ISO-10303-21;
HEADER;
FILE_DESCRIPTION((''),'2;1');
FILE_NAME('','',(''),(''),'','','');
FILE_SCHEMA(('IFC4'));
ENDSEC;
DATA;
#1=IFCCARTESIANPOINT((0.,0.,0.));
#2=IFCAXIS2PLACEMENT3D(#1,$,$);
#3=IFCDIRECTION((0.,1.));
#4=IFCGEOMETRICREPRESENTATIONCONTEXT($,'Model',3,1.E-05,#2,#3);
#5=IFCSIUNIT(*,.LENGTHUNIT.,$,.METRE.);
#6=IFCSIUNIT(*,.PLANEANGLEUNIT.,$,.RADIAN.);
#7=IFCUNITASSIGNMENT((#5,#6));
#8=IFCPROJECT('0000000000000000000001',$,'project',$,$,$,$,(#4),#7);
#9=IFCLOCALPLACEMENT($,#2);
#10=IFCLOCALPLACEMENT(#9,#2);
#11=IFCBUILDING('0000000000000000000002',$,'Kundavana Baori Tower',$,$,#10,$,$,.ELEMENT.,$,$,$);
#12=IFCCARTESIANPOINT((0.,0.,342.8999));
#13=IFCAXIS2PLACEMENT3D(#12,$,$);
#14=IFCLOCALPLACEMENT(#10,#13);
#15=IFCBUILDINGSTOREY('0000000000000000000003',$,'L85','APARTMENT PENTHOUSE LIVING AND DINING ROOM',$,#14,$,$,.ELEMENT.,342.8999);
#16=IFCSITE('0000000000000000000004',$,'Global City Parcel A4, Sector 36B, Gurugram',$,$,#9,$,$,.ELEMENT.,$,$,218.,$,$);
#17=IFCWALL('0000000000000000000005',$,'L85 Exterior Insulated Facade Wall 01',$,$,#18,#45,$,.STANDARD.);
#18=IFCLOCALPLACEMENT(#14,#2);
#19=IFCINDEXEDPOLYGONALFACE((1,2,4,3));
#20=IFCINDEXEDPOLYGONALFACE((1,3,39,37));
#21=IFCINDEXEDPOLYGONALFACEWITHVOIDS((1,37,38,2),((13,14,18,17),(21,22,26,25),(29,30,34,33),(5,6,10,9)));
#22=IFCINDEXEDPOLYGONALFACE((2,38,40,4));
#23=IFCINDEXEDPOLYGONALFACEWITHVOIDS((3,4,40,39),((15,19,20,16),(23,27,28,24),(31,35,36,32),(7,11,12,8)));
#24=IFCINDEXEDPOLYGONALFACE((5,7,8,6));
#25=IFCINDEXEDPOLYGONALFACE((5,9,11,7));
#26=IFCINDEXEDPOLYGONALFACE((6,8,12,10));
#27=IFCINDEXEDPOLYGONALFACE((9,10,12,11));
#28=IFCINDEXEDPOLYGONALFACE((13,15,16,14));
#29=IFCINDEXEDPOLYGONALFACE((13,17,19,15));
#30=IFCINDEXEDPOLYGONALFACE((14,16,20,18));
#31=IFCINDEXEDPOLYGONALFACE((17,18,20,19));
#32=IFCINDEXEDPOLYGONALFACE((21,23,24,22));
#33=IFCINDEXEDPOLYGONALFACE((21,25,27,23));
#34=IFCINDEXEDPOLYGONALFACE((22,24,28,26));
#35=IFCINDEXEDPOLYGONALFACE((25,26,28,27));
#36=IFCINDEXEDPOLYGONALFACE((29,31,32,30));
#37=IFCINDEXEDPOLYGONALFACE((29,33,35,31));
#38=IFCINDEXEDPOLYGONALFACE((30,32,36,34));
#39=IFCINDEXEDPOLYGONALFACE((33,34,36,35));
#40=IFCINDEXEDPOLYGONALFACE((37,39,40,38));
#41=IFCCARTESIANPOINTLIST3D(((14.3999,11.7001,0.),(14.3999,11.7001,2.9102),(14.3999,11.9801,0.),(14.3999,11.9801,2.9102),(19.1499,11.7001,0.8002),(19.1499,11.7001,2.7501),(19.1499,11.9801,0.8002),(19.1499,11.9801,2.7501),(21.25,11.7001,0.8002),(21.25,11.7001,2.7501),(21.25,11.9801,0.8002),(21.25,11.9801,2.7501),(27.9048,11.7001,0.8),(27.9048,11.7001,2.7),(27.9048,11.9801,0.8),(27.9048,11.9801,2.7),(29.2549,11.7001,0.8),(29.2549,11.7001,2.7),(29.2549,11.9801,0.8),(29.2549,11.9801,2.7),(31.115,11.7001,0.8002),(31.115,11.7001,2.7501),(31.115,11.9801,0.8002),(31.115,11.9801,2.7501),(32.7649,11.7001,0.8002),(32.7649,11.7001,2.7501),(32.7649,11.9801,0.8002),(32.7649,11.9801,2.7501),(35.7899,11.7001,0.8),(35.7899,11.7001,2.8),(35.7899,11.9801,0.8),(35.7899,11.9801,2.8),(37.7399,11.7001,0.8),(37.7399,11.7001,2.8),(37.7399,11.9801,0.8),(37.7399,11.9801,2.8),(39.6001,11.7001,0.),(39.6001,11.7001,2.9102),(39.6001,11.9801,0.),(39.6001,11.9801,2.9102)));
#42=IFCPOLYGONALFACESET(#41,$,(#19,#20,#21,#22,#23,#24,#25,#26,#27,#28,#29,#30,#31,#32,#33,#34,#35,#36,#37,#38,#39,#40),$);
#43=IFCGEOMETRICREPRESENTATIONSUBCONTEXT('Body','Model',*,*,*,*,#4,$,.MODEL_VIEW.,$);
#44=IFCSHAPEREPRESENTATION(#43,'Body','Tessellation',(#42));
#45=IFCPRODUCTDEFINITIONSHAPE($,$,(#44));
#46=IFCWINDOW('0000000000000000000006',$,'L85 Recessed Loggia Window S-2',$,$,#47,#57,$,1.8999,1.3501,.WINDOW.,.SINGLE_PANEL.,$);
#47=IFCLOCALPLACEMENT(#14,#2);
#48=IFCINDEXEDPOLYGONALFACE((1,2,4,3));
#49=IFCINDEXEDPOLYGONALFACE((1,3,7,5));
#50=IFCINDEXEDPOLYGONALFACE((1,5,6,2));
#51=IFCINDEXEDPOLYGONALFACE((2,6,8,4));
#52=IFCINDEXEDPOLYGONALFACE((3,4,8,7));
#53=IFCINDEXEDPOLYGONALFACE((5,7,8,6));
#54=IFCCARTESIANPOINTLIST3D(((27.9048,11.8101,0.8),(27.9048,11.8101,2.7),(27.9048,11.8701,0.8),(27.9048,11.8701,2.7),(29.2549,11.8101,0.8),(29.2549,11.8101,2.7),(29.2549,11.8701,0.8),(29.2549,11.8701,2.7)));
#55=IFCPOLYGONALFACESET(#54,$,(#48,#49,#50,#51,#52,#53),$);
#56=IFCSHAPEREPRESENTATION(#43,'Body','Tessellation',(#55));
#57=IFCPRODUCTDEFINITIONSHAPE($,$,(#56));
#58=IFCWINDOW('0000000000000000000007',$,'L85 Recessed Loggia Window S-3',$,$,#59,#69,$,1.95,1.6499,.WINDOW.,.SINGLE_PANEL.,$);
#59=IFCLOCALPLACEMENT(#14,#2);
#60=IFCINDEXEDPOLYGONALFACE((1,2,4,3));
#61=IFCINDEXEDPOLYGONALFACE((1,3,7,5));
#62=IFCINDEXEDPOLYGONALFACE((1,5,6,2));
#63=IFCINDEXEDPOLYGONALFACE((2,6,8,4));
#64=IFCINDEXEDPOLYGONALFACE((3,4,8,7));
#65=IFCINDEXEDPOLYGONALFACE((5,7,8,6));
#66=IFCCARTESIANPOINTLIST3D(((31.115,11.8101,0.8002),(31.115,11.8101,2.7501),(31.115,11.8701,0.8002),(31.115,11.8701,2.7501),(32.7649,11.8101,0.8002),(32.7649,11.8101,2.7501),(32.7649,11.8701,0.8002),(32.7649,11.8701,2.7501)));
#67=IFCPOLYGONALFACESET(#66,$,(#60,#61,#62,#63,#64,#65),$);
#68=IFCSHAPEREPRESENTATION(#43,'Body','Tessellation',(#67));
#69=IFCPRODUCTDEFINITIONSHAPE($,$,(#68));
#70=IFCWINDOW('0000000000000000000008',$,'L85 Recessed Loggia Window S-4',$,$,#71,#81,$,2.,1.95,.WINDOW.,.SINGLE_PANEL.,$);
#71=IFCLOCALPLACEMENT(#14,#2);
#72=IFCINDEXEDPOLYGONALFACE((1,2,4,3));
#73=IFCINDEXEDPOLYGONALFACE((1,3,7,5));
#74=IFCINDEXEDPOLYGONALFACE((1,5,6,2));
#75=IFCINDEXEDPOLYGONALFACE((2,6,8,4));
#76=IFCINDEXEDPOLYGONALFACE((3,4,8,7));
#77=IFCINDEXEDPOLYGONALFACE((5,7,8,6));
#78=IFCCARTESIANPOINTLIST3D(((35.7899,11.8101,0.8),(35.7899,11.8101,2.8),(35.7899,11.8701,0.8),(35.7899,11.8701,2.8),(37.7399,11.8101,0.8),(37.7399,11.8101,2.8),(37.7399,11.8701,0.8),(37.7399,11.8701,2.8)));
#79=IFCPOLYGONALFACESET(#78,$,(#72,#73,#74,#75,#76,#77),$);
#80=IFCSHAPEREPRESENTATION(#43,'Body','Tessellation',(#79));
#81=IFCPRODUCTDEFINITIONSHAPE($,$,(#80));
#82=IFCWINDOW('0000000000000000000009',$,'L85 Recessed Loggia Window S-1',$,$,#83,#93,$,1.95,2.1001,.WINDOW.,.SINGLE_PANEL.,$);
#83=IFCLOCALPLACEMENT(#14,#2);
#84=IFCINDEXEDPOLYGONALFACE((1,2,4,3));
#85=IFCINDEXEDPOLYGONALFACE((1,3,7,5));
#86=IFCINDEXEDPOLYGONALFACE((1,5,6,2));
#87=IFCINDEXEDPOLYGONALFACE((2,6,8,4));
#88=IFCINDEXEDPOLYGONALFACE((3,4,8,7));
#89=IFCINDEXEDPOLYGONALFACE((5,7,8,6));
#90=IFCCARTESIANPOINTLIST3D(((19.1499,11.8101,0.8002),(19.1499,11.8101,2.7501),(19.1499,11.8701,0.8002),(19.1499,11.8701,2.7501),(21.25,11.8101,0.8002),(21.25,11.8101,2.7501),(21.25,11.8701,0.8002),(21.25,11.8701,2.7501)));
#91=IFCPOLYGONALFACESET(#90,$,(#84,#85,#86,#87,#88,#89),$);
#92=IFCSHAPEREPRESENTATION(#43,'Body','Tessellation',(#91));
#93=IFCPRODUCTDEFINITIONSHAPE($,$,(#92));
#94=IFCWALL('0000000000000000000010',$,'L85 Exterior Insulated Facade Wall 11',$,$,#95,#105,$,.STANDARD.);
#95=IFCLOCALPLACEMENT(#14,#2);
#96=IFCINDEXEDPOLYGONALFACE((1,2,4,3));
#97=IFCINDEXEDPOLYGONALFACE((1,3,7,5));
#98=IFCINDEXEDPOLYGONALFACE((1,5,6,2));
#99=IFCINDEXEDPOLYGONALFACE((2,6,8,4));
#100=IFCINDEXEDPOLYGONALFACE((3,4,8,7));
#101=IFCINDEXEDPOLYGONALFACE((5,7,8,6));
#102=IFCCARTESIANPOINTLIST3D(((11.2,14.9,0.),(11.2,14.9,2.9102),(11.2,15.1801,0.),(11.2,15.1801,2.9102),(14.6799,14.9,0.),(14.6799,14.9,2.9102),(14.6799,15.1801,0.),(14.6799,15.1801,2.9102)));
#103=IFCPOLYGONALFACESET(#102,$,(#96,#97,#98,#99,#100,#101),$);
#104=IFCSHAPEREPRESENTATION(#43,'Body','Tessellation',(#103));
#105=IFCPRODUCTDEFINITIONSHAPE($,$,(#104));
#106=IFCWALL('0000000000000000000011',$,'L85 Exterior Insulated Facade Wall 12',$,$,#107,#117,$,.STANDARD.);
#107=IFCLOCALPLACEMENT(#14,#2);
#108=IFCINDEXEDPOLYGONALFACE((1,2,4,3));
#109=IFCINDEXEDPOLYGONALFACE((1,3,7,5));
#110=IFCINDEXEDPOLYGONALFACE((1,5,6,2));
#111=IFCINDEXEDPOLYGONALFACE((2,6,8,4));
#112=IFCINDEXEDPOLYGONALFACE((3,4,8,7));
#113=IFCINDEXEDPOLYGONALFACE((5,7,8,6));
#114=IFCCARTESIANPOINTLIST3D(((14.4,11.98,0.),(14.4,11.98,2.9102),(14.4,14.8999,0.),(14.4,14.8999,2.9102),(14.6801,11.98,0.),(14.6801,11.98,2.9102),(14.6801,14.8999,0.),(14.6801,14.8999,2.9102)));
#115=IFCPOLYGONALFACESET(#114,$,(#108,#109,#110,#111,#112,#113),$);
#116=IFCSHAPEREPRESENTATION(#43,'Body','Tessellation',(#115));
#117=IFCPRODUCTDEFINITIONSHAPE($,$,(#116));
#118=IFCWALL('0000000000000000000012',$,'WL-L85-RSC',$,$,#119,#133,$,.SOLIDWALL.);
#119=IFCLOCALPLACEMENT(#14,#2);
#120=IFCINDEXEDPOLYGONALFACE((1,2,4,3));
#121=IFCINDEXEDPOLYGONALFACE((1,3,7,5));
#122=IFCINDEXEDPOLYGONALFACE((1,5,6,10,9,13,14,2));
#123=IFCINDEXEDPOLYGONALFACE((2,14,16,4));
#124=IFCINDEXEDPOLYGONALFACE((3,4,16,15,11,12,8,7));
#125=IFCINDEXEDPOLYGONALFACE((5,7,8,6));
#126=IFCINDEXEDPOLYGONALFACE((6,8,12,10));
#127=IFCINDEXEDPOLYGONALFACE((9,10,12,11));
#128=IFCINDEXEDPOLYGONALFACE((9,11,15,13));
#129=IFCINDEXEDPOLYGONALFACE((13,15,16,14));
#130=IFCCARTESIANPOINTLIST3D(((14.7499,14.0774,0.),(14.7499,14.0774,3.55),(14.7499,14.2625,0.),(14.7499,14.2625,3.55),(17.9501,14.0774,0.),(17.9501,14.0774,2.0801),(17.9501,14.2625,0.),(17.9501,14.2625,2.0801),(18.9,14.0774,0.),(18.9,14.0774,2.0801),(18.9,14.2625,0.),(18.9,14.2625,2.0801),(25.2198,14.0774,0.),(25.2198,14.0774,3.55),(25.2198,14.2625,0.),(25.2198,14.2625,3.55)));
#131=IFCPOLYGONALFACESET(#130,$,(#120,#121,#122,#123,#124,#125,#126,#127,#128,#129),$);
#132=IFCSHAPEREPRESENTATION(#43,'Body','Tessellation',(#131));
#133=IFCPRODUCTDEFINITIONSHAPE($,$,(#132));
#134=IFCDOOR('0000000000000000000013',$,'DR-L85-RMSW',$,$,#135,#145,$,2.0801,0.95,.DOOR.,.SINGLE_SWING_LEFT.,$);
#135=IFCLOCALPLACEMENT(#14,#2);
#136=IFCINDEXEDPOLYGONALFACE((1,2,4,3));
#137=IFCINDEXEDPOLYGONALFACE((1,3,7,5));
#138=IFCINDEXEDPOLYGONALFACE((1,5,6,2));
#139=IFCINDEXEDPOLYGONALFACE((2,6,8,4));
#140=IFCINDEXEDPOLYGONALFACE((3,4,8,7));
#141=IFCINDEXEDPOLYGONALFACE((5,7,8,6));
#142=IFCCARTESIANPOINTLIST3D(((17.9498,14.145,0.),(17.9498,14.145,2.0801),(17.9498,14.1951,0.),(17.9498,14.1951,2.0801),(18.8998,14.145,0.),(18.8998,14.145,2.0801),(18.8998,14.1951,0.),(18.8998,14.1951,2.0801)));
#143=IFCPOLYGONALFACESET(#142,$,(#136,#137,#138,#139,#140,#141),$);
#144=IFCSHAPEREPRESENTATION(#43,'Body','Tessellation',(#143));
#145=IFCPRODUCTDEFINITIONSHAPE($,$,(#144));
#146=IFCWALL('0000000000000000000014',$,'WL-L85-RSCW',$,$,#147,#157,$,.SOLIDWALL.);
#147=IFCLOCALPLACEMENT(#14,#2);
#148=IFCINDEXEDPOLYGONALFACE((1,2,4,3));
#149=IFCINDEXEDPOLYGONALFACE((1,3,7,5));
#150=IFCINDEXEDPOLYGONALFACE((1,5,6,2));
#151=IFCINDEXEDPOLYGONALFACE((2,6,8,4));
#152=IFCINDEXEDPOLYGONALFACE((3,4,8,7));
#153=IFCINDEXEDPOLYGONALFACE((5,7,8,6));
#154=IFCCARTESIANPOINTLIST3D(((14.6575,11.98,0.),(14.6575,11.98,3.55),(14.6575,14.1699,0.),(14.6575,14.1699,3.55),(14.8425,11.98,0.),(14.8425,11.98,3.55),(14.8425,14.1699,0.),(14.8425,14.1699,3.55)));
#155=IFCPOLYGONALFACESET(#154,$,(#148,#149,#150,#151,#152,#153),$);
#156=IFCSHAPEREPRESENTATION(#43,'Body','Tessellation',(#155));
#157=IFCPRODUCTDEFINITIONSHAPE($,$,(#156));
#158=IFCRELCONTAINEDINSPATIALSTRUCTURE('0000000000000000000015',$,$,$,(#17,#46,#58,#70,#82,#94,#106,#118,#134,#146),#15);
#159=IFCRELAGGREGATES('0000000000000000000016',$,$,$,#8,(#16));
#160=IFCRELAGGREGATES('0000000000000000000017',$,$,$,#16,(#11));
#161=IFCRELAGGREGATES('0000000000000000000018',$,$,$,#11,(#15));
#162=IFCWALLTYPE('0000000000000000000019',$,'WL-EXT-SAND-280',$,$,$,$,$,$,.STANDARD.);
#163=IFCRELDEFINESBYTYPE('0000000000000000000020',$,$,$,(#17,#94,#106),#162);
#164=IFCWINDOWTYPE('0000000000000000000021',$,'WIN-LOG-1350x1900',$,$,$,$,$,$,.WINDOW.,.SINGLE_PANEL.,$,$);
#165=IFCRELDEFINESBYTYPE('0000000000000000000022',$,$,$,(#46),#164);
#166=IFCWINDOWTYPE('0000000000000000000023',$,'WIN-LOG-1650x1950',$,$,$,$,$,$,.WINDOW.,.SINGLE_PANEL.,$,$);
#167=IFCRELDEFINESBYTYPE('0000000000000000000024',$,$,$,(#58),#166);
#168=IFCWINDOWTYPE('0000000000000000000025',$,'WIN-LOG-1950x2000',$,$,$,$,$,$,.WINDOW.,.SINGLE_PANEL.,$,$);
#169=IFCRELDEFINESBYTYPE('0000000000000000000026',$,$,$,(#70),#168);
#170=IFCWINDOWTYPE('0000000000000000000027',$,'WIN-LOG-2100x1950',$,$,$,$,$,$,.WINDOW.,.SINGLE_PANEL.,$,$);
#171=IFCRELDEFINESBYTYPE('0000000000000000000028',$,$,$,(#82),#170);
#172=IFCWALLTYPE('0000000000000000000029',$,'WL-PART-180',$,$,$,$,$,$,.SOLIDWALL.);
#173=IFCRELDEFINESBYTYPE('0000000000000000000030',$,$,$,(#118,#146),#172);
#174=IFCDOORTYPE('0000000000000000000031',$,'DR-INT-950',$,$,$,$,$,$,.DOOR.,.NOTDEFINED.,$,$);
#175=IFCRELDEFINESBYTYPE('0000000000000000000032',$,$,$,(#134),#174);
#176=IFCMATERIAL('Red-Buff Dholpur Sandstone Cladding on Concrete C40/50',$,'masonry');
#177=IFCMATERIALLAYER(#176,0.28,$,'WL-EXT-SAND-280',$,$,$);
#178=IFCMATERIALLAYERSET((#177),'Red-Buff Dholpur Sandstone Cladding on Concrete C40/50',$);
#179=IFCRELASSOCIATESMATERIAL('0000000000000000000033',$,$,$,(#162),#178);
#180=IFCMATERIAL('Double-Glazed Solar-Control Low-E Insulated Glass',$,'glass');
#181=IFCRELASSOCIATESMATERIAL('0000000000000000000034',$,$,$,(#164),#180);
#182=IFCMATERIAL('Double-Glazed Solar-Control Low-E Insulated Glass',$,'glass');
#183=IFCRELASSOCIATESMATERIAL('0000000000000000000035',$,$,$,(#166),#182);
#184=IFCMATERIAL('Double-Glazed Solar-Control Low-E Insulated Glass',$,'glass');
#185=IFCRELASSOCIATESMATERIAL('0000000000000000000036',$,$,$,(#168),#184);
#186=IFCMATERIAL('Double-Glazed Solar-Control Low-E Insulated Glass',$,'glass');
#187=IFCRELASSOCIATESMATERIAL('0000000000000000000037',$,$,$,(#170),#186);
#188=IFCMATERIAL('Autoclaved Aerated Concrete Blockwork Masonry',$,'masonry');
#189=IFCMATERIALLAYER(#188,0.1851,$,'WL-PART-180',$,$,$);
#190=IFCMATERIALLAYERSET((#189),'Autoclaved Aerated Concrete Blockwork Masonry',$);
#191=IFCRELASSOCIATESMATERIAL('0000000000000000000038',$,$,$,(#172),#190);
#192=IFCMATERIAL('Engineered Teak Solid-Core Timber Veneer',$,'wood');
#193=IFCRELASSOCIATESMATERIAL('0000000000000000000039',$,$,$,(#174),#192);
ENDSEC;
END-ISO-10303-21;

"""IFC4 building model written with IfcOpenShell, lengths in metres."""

from ifc_helpers import new_model, si_unit, direction, frame, frame_2d, origin, place, context, subcontext, project, spatial, rectangle, extrude, material, layer, layer_set, type_object, element, fill, save


model = new_model("IFC4")

# Units and contexts
model_context = context("Model", 3, precision=1e-05, world=origin(), true_north=direction((0.0, 1.0)))
body_context = subcontext(model_context, "Body", "Model", "MODEL_VIEW")
ifc_project = project(units=[si_unit("LENGTHUNIT", "METRE"), si_unit("PLANEANGLEUNIT", "RADIAN")], contexts=[model_context])

# Site, building, storey
site_placement = place(None, origin())
site = spatial("IfcSite", under=ifc_project, at=site_placement, Name="Global City Parcel A4, Sector 36B, Gurugram", CompositionType="ELEMENT", RefElevation=218.0)
building_placement = place(site_placement, origin())
building = spatial("IfcBuilding", under=site, at=building_placement, Name="Kundavana Baori Tower", CompositionType="ELEMENT")
storey_placement = place(building_placement, frame((0.0, 0.0, 342.8999)))
storey = spatial("IfcBuildingStorey", under=building, at=storey_placement, Name="L85", Description="APARTMENT PENTHOUSE LIVING AND DINING ROOM", CompositionType="ELEMENT", Elevation=342.8999)

# Wall, openings, windows
ifc_material_1 = material(Name="Red-Buff Dholpur Sandstone Cladding on Concrete C40/50", Category="masonry")
ifc_layer_1 = layer(ifc_material_1, 0.28, Name="WL-EXT-SAND-280")
ifc_layer_set_1 = layer_set([ifc_layer_1], Name="Red-Buff Dholpur Sandstone Cladding on Concrete C40/50")
wall_type_1 = type_object("IfcWallType", Name="WL-EXT-SAND-280", PredefinedType="STANDARD", material=ifc_layer_set_1)
wall_1_placement = place(storey_placement, frame((14.3999, 11.8401, 0.0), z_axis=(0.0, 0.0, 1.0), x_axis=(1.0, 0.0, 0.0)))
wall_1 = element("IfcWall", 1, at=wall_1_placement, inside=storey, type_object=wall_type_1, Name="L85 Exterior Insulated Facade Wall 01", PredefinedType="STANDARD", context=body_context, shape_type="SweptSolid", body=[
    extrude(rectangle(XDim=25.2002, YDim=0.28, at=frame_2d((12.6001, 0.0))), origin(), (0.0, 0.0, 1.0), 2.9102),
])
opening_1_placement = place(wall_1_placement, frame((4.75, 0.0, 0.8)))
opening_1 = element("IfcOpeningElement", 2, at=opening_1_placement, cuts=wall_1, PredefinedType="OPENING", context=body_context, shape_type="SweptSolid", body=[
    extrude(rectangle(XDim=2.1001, YDim=1.95, at=frame_2d((1.05, 0.9751))), frame((0.0, 0.1499, 0.0), z_axis=(0.0, -1.0, 0.0), x_axis=(1.0, 0.0, 0.0)), (0.0, 0.0, 1.0), 0.3),
])
opening_2_placement = place(wall_1_placement, frame((13.5049, 0.0, 0.8)))
opening_2 = element("IfcOpeningElement", 3, at=opening_2_placement, cuts=wall_1, PredefinedType="OPENING", context=body_context, shape_type="SweptSolid", body=[
    extrude(rectangle(XDim=1.3501, YDim=1.8999, at=frame_2d((0.675, 0.95))), frame((0.0, 0.1499, 0.0), z_axis=(0.0, -1.0, 0.0), x_axis=(1.0, 0.0, 0.0)), (0.0, 0.0, 1.0), 0.3),
])
opening_3_placement = place(wall_1_placement, frame((16.7151, 0.0, 0.8)))
opening_3 = element("IfcOpeningElement", 4, at=opening_3_placement, cuts=wall_1, PredefinedType="OPENING", context=body_context, shape_type="SweptSolid", body=[
    extrude(rectangle(XDim=1.6499, YDim=1.95, at=frame_2d((0.825, 0.9751))), frame((0.0, 0.1499, 0.0), z_axis=(0.0, -1.0, 0.0), x_axis=(1.0, 0.0, 0.0)), (0.0, 0.0, 1.0), 0.3),
])
opening_4_placement = place(wall_1_placement, frame((21.3899, 0.0, 0.8)))
opening_4 = element("IfcOpeningElement", 5, at=opening_4_placement, cuts=wall_1, PredefinedType="OPENING", context=body_context, shape_type="SweptSolid", body=[
    extrude(rectangle(XDim=1.95, YDim=2.0, at=frame_2d((0.9751, 1.0))), frame((0.0, 0.1499, 0.0), z_axis=(0.0, -1.0, 0.0), x_axis=(1.0, 0.0, 0.0)), (0.0, 0.0, 1.0), 0.3),
])
ifc_material_2 = material(Name="Double-Glazed Solar-Control Low-E Insulated Glass", Category="glass")
window_type_1 = type_object("IfcWindowType", Name="WIN-LOG-1350x1900", PartitioningType="SINGLE_PANEL", PredefinedType="WINDOW", material=ifc_material_2)
window_1_placement = place(opening_2_placement, origin())
window_1 = element("IfcWindow", 6, at=window_1_placement, inside=storey, type_object=window_type_1, Name="L85 Recessed Loggia Window S-2", OverallHeight=1.8999, OverallWidth=1.3501, PartitioningType="SINGLE_PANEL", PredefinedType="WINDOW", context=body_context, shape_type="SweptSolid", body=[
    extrude(rectangle(XDim=1.3501, YDim=1.8999, at=frame_2d((0.675, 0.95))), frame((0.0, 0.03, 0.0), z_axis=(0.0, -1.0, 0.0), x_axis=(1.0, 0.0, 0.0)), (0.0, 0.0, 1.0), 0.0601),
])
fill(opening_2, window_1)
ifc_material_3 = material(Name="Double-Glazed Solar-Control Low-E Insulated Glass", Category="glass")
window_type_2 = type_object("IfcWindowType", Name="WIN-LOG-1650x1950", PartitioningType="SINGLE_PANEL", PredefinedType="WINDOW", material=ifc_material_3)
window_2_placement = place(opening_3_placement, origin())
window_2 = element("IfcWindow", 7, at=window_2_placement, inside=storey, type_object=window_type_2, Name="L85 Recessed Loggia Window S-3", OverallHeight=1.95, OverallWidth=1.6499, PartitioningType="SINGLE_PANEL", PredefinedType="WINDOW", context=body_context, shape_type="SweptSolid", body=[
    extrude(rectangle(XDim=1.6499, YDim=1.95, at=frame_2d((0.825, 0.9751))), frame((0.0, 0.03, 0.0), z_axis=(0.0, -1.0, 0.0), x_axis=(1.0, 0.0, 0.0)), (0.0, 0.0, 1.0), 0.0601),
])
fill(opening_3, window_2)
ifc_material_4 = material(Name="Double-Glazed Solar-Control Low-E Insulated Glass", Category="glass")
window_type_3 = type_object("IfcWindowType", Name="WIN-LOG-1950x2000", PartitioningType="SINGLE_PANEL", PredefinedType="WINDOW", material=ifc_material_4)
window_3_placement = place(opening_4_placement, origin())
window_3 = element("IfcWindow", 8, at=window_3_placement, inside=storey, type_object=window_type_3, Name="L85 Recessed Loggia Window S-4", OverallHeight=2.0, OverallWidth=1.95, PartitioningType="SINGLE_PANEL", PredefinedType="WINDOW", context=body_context, shape_type="SweptSolid", body=[
    extrude(rectangle(XDim=1.95, YDim=2.0, at=frame_2d((0.9751, 1.0))), frame((0.0, 0.03, 0.0), z_axis=(0.0, -1.0, 0.0), x_axis=(1.0, 0.0, 0.0)), (0.0, 0.0, 1.0), 0.0601),
])
fill(opening_4, window_3)
ifc_material_5 = material(Name="Double-Glazed Solar-Control Low-E Insulated Glass", Category="glass")
window_type_4 = type_object("IfcWindowType", Name="WIN-LOG-2100x1950", PartitioningType="SINGLE_PANEL", PredefinedType="WINDOW", material=ifc_material_5)
window_4_placement = place(opening_1_placement, origin())
window_4 = element("IfcWindow", 9, at=window_4_placement, inside=storey, type_object=window_type_4, Name="L85 Recessed Loggia Window S-1", OverallHeight=1.95, OverallWidth=2.1001, PartitioningType="SINGLE_PANEL", PredefinedType="WINDOW", context=body_context, shape_type="SweptSolid", body=[
    extrude(rectangle(XDim=2.1001, YDim=1.95, at=frame_2d((1.05, 0.9751))), frame((0.0, 0.03, 0.0), z_axis=(0.0, -1.0, 0.0), x_axis=(1.0, 0.0, 0.0)), (0.0, 0.0, 1.0), 0.0601),
])
fill(opening_1, window_4)

# Walls
wall_2_placement = place(storey_placement, frame((11.2, 15.04, 0.0), z_axis=(0.0, 0.0, 1.0), x_axis=(1.0, 0.0, 0.0)))
element("IfcWall", 10, at=wall_2_placement, inside=storey, type_object=wall_type_1, Name="L85 Exterior Insulated Facade Wall 11", PredefinedType="STANDARD", context=body_context, shape_type="SweptSolid", body=[
    extrude(rectangle(XDim=3.48, YDim=0.28, at=frame_2d((1.74, 0.0))), origin(), (0.0, 0.0, 1.0), 2.9102),
])
wall_3_placement = place(storey_placement, frame((14.54, 14.8999, 0.0), z_axis=(0.0, 0.0, 1.0), x_axis=(0.0, -1.0, 0.0)))
element("IfcWall", 11, at=wall_3_placement, inside=storey, type_object=wall_type_1, Name="L85 Exterior Insulated Facade Wall 12", PredefinedType="STANDARD", context=body_context, shape_type="SweptSolid", body=[
    extrude(rectangle(XDim=2.9199, YDim=0.28, at=frame_2d((1.46, 0.0))), origin(), (0.0, 0.0, 1.0), 2.9102),
])

# Wall, opening, door
ifc_material_6 = material(Name="Autoclaved Aerated Concrete Blockwork Masonry", Category="masonry")
ifc_layer_2 = layer(ifc_material_6, 0.1851, Name="WL-PART-180")
ifc_layer_set_2 = layer_set([ifc_layer_2], Name="Autoclaved Aerated Concrete Blockwork Masonry")
wall_type_2 = type_object("IfcWallType", Name="WL-PART-180", PredefinedType="SOLIDWALL", material=ifc_layer_set_2)
wall_4_placement = place(storey_placement, frame((14.75, 14.1699, 0.0), z_axis=(0.0, 0.0, 1.0), x_axis=(1.0, 0.0, 0.0)))
wall_4 = element("IfcWall", 12, at=wall_4_placement, inside=storey, type_object=wall_type_2, Name="WL-L85-RSC", PredefinedType="SOLIDWALL", context=body_context, shape_type="SweptSolid", body=[
    extrude(rectangle(XDim=10.47, YDim=0.1851, at=frame_2d((5.2349, 0.0))), origin(), (0.0, 0.0, 1.0), 3.55),
])
opening_5_placement = place(wall_4_placement, frame((3.2, 0.0, 0.0)))
opening_5 = element("IfcOpeningElement", 13, at=opening_5_placement, cuts=wall_4, PredefinedType="OPENING", context=body_context, shape_type="SweptSolid", body=[
    extrude(rectangle(XDim=0.95, YDim=2.0801, at=frame_2d((0.4751, 1.04))), frame((0.0, 0.1025, 0.0), z_axis=(0.0, -1.0, 0.0), x_axis=(1.0, 0.0, 0.0)), (0.0, 0.0, 1.0), 0.2051),
])
ifc_material_7 = material(Name="Engineered Teak Solid-Core Timber Veneer", Category="wood")
door_type = type_object("IfcDoorType", Name="DR-INT-950", OperationType="NOTDEFINED", PredefinedType="DOOR", material=ifc_material_7)
door_placement = place(opening_5_placement, frame((0.95, 0.0, 0.0), z_axis=(0.0, 0.0, 1.0), x_axis=(-1.0, 0.0, 0.0)))
door = element("IfcDoor", 14, at=door_placement, inside=storey, type_object=door_type, Name="DR-L85-RMSW", OperationType="SINGLE_SWING_LEFT", OverallHeight=2.0801, OverallWidth=0.95, PredefinedType="DOOR", context=body_context, shape_type="SweptSolid", body=[
    extrude(rectangle(XDim=0.95, YDim=2.0801, at=frame_2d((0.4751, 1.04))), frame((0.0, 0.0249, 0.0), z_axis=(0.0, -1.0, 0.0), x_axis=(1.0, 0.0, 0.0)), (0.0, 0.0, 1.0), 0.05),
])
fill(opening_5, door)

# Wall
wall_5_placement = place(storey_placement, frame((14.75, 11.98, 0.0), z_axis=(0.0, 0.0, 1.0), x_axis=(0.0, 1.0, 0.0)))
element("IfcWall", 15, at=wall_5_placement, inside=storey, type_object=wall_type_2, Name="WL-L85-RSCW", PredefinedType="SOLIDWALL", context=body_context, shape_type="SweptSolid", body=[
    extrude(rectangle(XDim=2.1899, YDim=0.1851, at=frame_2d((1.095, 0.0))), origin(), (0.0, 0.0, 1.0), 3.55),
])

save(model, "model.ifc")
